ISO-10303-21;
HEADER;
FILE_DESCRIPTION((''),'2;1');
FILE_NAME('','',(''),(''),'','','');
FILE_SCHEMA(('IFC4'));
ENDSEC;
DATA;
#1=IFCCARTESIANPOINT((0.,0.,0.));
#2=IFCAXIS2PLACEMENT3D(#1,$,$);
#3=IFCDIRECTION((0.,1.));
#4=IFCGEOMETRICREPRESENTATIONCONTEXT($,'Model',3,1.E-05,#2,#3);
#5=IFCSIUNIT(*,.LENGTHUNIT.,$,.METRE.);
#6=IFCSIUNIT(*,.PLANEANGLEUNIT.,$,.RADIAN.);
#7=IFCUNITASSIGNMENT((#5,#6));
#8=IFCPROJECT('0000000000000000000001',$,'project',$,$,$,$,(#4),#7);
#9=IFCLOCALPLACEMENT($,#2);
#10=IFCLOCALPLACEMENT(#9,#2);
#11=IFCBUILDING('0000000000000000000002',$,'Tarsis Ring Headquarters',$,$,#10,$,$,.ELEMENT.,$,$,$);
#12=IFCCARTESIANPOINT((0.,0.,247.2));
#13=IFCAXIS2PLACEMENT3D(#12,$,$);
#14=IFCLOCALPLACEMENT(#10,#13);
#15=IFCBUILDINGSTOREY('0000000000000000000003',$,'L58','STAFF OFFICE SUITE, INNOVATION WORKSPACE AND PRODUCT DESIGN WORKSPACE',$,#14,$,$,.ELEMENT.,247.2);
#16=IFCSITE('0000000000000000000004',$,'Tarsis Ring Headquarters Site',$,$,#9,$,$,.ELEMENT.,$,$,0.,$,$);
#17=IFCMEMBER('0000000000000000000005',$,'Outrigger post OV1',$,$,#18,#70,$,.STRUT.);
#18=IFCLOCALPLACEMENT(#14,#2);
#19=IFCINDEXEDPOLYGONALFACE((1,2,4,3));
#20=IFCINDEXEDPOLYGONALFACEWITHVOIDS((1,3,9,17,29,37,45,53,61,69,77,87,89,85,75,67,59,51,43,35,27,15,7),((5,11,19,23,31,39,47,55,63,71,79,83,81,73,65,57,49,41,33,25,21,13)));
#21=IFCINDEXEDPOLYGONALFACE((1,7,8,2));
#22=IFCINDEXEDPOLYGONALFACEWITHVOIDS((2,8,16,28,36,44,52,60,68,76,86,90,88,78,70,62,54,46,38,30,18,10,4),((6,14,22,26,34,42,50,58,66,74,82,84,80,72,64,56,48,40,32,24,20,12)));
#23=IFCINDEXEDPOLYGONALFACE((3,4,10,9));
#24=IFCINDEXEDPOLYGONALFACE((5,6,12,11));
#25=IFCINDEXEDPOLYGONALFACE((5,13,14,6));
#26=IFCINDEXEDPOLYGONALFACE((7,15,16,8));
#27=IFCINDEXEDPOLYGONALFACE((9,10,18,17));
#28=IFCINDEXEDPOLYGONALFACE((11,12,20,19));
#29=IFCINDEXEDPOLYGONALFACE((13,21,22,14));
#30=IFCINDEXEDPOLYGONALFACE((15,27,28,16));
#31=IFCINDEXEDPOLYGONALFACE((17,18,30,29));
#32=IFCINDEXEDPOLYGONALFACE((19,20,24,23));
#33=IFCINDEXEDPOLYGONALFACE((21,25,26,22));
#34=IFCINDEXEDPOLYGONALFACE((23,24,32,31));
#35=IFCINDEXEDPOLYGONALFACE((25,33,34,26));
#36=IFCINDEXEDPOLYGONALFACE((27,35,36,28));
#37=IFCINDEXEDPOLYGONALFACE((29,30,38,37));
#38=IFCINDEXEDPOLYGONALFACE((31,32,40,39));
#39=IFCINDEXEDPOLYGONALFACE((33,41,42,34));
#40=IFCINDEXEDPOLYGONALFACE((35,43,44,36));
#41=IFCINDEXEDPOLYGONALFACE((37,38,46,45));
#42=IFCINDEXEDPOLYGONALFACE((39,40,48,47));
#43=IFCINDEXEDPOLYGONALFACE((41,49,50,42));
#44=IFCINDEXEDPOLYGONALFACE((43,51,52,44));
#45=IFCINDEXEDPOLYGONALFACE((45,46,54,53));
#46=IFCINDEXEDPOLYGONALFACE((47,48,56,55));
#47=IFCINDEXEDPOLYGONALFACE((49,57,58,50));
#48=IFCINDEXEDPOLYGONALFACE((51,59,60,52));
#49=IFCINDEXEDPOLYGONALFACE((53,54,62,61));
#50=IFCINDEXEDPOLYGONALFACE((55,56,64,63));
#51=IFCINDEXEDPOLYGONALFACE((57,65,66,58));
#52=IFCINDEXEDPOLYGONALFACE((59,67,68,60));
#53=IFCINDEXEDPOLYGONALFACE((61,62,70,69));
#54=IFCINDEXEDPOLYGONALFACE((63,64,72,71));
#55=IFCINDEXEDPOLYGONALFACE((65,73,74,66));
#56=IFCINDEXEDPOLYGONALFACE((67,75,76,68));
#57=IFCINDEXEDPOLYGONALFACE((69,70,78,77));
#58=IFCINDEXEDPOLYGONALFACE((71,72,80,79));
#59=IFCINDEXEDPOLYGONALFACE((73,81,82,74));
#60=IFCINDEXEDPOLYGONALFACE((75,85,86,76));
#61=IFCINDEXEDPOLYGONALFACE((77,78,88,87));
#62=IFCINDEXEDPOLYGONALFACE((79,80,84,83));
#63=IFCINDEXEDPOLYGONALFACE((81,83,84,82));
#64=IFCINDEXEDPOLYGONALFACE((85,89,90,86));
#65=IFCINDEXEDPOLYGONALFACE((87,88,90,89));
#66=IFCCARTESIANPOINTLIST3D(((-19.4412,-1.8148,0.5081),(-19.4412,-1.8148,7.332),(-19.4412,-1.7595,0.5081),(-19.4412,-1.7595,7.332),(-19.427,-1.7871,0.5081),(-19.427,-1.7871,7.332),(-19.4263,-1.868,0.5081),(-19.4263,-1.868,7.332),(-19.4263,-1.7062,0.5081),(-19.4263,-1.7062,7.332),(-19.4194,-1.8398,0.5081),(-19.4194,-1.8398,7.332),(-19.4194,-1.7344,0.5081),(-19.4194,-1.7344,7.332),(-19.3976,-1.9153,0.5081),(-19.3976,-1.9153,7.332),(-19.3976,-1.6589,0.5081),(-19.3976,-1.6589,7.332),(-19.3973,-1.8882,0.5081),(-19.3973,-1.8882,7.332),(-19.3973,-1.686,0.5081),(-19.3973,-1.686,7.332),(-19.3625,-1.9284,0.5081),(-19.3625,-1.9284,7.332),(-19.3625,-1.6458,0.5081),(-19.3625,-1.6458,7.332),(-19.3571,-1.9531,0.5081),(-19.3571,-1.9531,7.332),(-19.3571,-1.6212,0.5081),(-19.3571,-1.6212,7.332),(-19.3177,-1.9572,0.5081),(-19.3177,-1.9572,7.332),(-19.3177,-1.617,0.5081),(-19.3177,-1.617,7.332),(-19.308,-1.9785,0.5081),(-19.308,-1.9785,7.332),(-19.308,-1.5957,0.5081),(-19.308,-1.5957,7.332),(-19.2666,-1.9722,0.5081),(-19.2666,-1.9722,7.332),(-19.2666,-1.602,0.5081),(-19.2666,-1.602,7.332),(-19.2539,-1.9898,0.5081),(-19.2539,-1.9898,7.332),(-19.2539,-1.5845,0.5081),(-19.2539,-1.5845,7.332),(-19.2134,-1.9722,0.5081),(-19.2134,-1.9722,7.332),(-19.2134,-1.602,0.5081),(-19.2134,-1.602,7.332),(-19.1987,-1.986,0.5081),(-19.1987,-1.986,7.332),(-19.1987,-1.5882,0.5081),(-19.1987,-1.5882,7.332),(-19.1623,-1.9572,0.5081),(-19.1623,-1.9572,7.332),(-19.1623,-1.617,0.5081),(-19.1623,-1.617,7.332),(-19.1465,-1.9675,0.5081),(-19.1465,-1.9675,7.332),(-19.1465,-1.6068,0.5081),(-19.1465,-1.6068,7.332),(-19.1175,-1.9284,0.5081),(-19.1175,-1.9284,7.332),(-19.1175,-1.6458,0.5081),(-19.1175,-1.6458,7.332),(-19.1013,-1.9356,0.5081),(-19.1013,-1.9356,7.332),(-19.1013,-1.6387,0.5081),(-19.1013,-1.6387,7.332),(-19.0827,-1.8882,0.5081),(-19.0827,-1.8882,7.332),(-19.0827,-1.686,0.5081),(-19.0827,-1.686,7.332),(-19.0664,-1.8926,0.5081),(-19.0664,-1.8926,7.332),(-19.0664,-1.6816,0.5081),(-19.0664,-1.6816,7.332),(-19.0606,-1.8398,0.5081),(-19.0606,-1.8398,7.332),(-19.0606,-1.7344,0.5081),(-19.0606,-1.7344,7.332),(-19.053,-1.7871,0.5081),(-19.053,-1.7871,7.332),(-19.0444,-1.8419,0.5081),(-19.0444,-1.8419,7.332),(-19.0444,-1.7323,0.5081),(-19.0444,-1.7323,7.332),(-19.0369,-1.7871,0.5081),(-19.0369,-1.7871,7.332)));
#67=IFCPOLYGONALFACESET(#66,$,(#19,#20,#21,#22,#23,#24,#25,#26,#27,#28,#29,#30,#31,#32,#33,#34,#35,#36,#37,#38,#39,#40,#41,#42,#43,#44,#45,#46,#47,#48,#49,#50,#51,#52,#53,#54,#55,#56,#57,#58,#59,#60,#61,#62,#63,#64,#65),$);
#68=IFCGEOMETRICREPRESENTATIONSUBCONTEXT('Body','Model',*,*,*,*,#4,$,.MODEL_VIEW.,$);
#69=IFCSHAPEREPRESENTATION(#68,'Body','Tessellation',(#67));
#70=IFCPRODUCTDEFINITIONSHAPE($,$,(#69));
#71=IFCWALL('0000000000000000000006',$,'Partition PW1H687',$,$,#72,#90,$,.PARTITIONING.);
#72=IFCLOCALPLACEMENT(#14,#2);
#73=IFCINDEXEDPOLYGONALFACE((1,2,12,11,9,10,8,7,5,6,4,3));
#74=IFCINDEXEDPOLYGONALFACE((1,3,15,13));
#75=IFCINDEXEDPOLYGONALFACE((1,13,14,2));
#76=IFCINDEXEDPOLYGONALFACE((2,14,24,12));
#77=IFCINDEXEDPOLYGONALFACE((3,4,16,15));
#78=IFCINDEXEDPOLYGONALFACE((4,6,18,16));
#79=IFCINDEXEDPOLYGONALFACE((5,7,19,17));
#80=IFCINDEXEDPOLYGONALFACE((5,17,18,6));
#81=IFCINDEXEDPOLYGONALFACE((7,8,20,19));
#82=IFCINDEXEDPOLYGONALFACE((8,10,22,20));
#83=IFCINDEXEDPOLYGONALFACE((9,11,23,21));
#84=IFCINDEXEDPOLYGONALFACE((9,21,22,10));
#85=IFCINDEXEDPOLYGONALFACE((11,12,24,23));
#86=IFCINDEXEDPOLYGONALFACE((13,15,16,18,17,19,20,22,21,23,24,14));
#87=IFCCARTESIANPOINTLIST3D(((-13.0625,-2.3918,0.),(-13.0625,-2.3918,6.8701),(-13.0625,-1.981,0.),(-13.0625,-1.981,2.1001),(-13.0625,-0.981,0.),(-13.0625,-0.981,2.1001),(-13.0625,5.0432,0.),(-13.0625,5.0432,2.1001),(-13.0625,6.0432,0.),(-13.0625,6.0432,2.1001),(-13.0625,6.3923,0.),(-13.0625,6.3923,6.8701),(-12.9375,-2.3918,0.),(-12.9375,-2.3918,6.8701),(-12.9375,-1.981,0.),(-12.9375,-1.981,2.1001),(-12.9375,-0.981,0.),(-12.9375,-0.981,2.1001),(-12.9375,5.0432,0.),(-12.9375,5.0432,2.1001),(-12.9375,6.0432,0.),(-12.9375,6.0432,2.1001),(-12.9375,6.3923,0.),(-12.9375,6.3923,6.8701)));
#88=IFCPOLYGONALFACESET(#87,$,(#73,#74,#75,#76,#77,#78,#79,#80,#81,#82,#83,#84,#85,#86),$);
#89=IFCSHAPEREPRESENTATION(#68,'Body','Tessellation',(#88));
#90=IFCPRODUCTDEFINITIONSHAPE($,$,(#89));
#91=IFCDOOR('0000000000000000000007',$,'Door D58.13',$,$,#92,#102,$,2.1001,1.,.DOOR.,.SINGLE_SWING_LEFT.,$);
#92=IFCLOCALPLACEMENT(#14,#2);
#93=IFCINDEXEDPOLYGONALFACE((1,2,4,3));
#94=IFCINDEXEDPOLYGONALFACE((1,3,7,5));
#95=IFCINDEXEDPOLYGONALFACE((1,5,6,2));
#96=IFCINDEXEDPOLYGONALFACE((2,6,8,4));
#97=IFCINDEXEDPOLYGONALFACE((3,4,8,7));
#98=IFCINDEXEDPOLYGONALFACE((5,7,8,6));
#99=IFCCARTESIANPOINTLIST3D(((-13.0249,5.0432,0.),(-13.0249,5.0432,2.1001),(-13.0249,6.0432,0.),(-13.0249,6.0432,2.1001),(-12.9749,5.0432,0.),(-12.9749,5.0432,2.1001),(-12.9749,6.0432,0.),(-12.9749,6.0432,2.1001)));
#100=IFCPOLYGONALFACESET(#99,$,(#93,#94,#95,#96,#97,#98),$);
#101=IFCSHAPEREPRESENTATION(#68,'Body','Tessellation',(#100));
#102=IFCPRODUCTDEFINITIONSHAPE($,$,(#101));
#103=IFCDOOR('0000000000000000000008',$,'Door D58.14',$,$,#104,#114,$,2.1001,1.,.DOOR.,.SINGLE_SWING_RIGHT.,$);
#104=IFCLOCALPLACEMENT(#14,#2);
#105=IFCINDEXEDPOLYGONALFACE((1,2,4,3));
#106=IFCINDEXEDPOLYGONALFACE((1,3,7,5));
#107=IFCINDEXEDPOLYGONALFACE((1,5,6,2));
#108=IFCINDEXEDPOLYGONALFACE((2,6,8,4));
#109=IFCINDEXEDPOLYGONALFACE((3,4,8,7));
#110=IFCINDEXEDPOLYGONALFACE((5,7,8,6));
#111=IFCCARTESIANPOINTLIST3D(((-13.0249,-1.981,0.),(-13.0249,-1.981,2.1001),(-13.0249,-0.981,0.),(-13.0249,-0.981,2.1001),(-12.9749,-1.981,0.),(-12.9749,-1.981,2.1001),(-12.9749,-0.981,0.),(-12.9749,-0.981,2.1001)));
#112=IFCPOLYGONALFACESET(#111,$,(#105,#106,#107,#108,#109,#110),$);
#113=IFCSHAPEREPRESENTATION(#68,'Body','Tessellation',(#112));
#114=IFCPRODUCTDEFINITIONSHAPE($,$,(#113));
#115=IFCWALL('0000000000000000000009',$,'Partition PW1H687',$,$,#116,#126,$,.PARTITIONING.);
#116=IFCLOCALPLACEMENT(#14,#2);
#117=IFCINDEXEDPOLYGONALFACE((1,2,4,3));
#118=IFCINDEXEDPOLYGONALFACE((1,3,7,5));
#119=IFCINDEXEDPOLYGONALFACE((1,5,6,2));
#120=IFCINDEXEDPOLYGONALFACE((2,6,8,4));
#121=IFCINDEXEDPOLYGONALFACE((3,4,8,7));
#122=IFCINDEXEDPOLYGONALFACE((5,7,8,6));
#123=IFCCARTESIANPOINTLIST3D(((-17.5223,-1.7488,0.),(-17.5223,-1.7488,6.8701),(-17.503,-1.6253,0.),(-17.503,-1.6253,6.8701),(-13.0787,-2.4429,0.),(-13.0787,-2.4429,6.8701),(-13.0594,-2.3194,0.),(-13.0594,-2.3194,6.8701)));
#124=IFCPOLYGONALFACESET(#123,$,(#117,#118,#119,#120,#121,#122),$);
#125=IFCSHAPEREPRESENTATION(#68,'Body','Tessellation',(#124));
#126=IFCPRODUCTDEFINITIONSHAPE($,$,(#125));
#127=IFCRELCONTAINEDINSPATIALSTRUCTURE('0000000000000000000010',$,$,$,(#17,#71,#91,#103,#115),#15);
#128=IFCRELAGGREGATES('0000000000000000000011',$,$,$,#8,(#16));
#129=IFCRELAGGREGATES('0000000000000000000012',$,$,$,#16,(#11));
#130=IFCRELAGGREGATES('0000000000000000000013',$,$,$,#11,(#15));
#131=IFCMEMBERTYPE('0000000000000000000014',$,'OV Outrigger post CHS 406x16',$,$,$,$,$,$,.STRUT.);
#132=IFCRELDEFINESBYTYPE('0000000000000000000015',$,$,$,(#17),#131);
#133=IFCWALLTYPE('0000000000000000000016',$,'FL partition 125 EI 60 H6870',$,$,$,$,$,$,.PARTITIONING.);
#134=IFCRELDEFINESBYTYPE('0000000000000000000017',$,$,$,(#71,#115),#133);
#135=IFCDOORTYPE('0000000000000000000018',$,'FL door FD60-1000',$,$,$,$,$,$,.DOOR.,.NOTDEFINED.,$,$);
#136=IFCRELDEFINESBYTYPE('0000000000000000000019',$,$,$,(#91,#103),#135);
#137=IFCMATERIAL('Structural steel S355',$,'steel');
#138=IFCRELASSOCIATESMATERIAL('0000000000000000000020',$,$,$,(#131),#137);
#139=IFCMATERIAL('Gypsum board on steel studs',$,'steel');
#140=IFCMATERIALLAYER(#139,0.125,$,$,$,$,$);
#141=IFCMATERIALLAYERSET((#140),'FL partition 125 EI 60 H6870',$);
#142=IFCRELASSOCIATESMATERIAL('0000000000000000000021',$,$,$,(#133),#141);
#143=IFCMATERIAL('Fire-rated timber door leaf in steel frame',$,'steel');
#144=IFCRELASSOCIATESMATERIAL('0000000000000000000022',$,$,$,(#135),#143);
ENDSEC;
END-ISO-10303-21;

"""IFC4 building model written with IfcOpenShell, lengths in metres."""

from ifc_helpers import new_model, si_unit, direction, frame, frame_2d, origin, origin_2d, place, context, subcontext, project, spatial, rectangle, hollow_circle, extrude, material, layer, layer_set, material_profile, profile_set, type_object, element, fill, save


model = new_model("IFC4")

# Units and contexts
model_context = context("Model", 3, precision=1e-05, world=origin(), true_north=direction((0.0, 1.0)))
body_context = subcontext(model_context, "Body", "Model", "MODEL_VIEW")
ifc_project = project(units=[si_unit("LENGTHUNIT", "METRE"), si_unit("PLANEANGLEUNIT", "RADIAN")], contexts=[model_context])

# Site, building, storey
site_placement = place(None, origin())
site = spatial("IfcSite", under=ifc_project, at=site_placement, Name="Tarsis Ring Headquarters Site", CompositionType="ELEMENT", RefElevation=0.0)
building_placement = place(site_placement, origin())
building = spatial("IfcBuilding", under=site, at=building_placement, Name="Tarsis Ring Headquarters", CompositionType="ELEMENT")
storey_placement = place(building_placement, frame((0.0, 0.0, 247.2)))
storey = spatial("IfcBuildingStorey", under=building, at=storey_placement, Name="L58", Description="STAFF OFFICE SUITE, INNOVATION WORKSPACE AND PRODUCT DESIGN WORKSPACE", CompositionType="ELEMENT", Elevation=247.2)

# Member
ifc_material_1 = material(Name="Structural steel S355", Category="steel")
ifc_material_profile_1 = material_profile(ifc_material_1, hollow_circle(Radius=0.2031, WallThickness=0.0161, at=origin_2d()), Name="CHS 406x16")
ifc_profile_set_1 = profile_set([ifc_material_profile_1], Name="Structural steel S355")
member_type_1 = type_object("IfcMemberType", Name="OV Outrigger post CHS 406x16", PredefinedType="STRUT", material=ifc_profile_set_1)
for number, where, z_axis, x_axis, name in (
    (1, (-19.24, -1.7871, 0.5081), (0.0, 0.0, 1.0), (1.0, 0.0, 0.0), "Outrigger post OV1"),
):
    element("IfcMember", number, at=place(storey_placement, frame(where, z_axis=z_axis, x_axis=x_axis)), inside=storey, type_object=member_type_1, Name=name, PredefinedType="STRUT", context=body_context, shape_type="SweptSolid", body=[
        extrude(hollow_circle(Radius=0.2031, WallThickness=0.0161, at=origin_2d()), origin(), (0.0, 0.0, 1.0), 6.824),
    ])

# Wall, openings, doors
ifc_material_2 = material(Name="Gypsum board on steel studs", Category="steel")
ifc_layer_1 = layer(ifc_material_2, 0.125)
ifc_layer_set_1 = layer_set([ifc_layer_1], Name="FL partition 125 EI 60 H6870")
wall_type_1 = type_object("IfcWallType", Name="FL partition 125 EI 60 H6870", PredefinedType="PARTITIONING", material=ifc_layer_set_1)
wall_1_placement = place(storey_placement, frame((-13.0, -2.3918, 0.0), z_axis=(0.0, 0.0, 1.0), x_axis=(0.0, 1.0, 0.0)))
wall_1 = element("IfcWall", 2, at=wall_1_placement, inside=storey, type_object=wall_type_1, Name="Partition PW1H687", PredefinedType="PARTITIONING", context=body_context, shape_type="SweptSolid", body=[
    extrude(rectangle(XDim=8.7842, YDim=0.125, at=frame_2d((4.3921, 0.0))), origin(), (0.0, 0.0, 1.0), 6.8701),
])
opening_1_placement = place(wall_1_placement, frame((7.4351, 0.0, 0.0)))
opening_1 = element("IfcOpeningElement", 3, at=opening_1_placement, cuts=wall_1, PredefinedType="OPENING", context=body_context, shape_type="SweptSolid", body=[
    extrude(rectangle(XDim=1.0, YDim=2.1001, at=frame_2d((0.5, 1.05))), frame((0.0, 0.0725, 0.0), z_axis=(0.0, -1.0, 0.0), x_axis=(1.0, 0.0, 0.0)), (0.0, 0.0, 1.0), 0.145),
])
opening_2_placement = place(wall_1_placement, frame((0.4109, 0.0, 0.0)))
opening_2 = element("IfcOpeningElement", 4, at=opening_2_placement, cuts=wall_1, PredefinedType="OPENING", context=body_context, shape_type="SweptSolid", body=[
    extrude(rectangle(XDim=1.0, YDim=2.1001, at=frame_2d((0.5, 1.05))), frame((0.0, 0.0725, 0.0), z_axis=(0.0, -1.0, 0.0), x_axis=(1.0, 0.0, 0.0)), (0.0, 0.0, 1.0), 0.145),
])
ifc_material_3 = material(Name="Fire-rated timber door leaf in steel frame", Category="steel")
door_type_1 = type_object("IfcDoorType", Name="FL door FD60-1000", OperationType="NOTDEFINED", PredefinedType="DOOR", material=ifc_material_3)
door_1_placement = place(opening_1_placement, origin())
door_1 = element("IfcDoor", 5, at=door_1_placement, inside=storey, type_object=door_type_1, Name="Door D58.13", OperationType="SINGLE_SWING_LEFT", OverallHeight=2.1001, OverallWidth=1.0, PredefinedType="DOOR", context=body_context, shape_type="SweptSolid", body=[
    extrude(rectangle(XDim=1.0, YDim=2.1001, at=frame_2d((0.5, 1.05))), frame((0.0, 0.0249, 0.0), z_axis=(0.0, -1.0, 0.0), x_axis=(1.0, 0.0, 0.0)), (0.0, 0.0, 1.0), 0.05),
])
fill(opening_1, door_1)
door_2_placement = place(opening_2_placement, origin())
door_2 = element("IfcDoor", 6, at=door_2_placement, inside=storey, type_object=door_type_1, Name="Door D58.14", OperationType="SINGLE_SWING_RIGHT", OverallHeight=2.1001, OverallWidth=1.0, PredefinedType="DOOR", context=body_context, shape_type="SweptSolid", body=[
    extrude(rectangle(XDim=1.0, YDim=2.1001, at=frame_2d((0.5, 1.05))), frame((0.0, 0.0249, 0.0), z_axis=(0.0, -1.0, 0.0), x_axis=(1.0, 0.0, 0.0)), (0.0, 0.0, 1.0), 0.05),
])
fill(opening_2, door_2)

# Wall
wall_2_placement = place(storey_placement, frame((-17.5127, -1.687, 0.0), z_axis=(0.0, 0.0, 1.0), x_axis=(0.98802, -0.154329, 0.0)))
element("IfcWall", 7, at=wall_2_placement, inside=storey, type_object=wall_type_1, Name="Partition PW1H687", PredefinedType="PARTITIONING", context=body_context, shape_type="SweptSolid", body=[
    extrude(rectangle(XDim=4.4976, YDim=0.125, at=frame_2d((2.2488, 0.0))), origin(), (0.0, 0.0, 1.0), 6.8701),
])

save(model, "model.ifc")
